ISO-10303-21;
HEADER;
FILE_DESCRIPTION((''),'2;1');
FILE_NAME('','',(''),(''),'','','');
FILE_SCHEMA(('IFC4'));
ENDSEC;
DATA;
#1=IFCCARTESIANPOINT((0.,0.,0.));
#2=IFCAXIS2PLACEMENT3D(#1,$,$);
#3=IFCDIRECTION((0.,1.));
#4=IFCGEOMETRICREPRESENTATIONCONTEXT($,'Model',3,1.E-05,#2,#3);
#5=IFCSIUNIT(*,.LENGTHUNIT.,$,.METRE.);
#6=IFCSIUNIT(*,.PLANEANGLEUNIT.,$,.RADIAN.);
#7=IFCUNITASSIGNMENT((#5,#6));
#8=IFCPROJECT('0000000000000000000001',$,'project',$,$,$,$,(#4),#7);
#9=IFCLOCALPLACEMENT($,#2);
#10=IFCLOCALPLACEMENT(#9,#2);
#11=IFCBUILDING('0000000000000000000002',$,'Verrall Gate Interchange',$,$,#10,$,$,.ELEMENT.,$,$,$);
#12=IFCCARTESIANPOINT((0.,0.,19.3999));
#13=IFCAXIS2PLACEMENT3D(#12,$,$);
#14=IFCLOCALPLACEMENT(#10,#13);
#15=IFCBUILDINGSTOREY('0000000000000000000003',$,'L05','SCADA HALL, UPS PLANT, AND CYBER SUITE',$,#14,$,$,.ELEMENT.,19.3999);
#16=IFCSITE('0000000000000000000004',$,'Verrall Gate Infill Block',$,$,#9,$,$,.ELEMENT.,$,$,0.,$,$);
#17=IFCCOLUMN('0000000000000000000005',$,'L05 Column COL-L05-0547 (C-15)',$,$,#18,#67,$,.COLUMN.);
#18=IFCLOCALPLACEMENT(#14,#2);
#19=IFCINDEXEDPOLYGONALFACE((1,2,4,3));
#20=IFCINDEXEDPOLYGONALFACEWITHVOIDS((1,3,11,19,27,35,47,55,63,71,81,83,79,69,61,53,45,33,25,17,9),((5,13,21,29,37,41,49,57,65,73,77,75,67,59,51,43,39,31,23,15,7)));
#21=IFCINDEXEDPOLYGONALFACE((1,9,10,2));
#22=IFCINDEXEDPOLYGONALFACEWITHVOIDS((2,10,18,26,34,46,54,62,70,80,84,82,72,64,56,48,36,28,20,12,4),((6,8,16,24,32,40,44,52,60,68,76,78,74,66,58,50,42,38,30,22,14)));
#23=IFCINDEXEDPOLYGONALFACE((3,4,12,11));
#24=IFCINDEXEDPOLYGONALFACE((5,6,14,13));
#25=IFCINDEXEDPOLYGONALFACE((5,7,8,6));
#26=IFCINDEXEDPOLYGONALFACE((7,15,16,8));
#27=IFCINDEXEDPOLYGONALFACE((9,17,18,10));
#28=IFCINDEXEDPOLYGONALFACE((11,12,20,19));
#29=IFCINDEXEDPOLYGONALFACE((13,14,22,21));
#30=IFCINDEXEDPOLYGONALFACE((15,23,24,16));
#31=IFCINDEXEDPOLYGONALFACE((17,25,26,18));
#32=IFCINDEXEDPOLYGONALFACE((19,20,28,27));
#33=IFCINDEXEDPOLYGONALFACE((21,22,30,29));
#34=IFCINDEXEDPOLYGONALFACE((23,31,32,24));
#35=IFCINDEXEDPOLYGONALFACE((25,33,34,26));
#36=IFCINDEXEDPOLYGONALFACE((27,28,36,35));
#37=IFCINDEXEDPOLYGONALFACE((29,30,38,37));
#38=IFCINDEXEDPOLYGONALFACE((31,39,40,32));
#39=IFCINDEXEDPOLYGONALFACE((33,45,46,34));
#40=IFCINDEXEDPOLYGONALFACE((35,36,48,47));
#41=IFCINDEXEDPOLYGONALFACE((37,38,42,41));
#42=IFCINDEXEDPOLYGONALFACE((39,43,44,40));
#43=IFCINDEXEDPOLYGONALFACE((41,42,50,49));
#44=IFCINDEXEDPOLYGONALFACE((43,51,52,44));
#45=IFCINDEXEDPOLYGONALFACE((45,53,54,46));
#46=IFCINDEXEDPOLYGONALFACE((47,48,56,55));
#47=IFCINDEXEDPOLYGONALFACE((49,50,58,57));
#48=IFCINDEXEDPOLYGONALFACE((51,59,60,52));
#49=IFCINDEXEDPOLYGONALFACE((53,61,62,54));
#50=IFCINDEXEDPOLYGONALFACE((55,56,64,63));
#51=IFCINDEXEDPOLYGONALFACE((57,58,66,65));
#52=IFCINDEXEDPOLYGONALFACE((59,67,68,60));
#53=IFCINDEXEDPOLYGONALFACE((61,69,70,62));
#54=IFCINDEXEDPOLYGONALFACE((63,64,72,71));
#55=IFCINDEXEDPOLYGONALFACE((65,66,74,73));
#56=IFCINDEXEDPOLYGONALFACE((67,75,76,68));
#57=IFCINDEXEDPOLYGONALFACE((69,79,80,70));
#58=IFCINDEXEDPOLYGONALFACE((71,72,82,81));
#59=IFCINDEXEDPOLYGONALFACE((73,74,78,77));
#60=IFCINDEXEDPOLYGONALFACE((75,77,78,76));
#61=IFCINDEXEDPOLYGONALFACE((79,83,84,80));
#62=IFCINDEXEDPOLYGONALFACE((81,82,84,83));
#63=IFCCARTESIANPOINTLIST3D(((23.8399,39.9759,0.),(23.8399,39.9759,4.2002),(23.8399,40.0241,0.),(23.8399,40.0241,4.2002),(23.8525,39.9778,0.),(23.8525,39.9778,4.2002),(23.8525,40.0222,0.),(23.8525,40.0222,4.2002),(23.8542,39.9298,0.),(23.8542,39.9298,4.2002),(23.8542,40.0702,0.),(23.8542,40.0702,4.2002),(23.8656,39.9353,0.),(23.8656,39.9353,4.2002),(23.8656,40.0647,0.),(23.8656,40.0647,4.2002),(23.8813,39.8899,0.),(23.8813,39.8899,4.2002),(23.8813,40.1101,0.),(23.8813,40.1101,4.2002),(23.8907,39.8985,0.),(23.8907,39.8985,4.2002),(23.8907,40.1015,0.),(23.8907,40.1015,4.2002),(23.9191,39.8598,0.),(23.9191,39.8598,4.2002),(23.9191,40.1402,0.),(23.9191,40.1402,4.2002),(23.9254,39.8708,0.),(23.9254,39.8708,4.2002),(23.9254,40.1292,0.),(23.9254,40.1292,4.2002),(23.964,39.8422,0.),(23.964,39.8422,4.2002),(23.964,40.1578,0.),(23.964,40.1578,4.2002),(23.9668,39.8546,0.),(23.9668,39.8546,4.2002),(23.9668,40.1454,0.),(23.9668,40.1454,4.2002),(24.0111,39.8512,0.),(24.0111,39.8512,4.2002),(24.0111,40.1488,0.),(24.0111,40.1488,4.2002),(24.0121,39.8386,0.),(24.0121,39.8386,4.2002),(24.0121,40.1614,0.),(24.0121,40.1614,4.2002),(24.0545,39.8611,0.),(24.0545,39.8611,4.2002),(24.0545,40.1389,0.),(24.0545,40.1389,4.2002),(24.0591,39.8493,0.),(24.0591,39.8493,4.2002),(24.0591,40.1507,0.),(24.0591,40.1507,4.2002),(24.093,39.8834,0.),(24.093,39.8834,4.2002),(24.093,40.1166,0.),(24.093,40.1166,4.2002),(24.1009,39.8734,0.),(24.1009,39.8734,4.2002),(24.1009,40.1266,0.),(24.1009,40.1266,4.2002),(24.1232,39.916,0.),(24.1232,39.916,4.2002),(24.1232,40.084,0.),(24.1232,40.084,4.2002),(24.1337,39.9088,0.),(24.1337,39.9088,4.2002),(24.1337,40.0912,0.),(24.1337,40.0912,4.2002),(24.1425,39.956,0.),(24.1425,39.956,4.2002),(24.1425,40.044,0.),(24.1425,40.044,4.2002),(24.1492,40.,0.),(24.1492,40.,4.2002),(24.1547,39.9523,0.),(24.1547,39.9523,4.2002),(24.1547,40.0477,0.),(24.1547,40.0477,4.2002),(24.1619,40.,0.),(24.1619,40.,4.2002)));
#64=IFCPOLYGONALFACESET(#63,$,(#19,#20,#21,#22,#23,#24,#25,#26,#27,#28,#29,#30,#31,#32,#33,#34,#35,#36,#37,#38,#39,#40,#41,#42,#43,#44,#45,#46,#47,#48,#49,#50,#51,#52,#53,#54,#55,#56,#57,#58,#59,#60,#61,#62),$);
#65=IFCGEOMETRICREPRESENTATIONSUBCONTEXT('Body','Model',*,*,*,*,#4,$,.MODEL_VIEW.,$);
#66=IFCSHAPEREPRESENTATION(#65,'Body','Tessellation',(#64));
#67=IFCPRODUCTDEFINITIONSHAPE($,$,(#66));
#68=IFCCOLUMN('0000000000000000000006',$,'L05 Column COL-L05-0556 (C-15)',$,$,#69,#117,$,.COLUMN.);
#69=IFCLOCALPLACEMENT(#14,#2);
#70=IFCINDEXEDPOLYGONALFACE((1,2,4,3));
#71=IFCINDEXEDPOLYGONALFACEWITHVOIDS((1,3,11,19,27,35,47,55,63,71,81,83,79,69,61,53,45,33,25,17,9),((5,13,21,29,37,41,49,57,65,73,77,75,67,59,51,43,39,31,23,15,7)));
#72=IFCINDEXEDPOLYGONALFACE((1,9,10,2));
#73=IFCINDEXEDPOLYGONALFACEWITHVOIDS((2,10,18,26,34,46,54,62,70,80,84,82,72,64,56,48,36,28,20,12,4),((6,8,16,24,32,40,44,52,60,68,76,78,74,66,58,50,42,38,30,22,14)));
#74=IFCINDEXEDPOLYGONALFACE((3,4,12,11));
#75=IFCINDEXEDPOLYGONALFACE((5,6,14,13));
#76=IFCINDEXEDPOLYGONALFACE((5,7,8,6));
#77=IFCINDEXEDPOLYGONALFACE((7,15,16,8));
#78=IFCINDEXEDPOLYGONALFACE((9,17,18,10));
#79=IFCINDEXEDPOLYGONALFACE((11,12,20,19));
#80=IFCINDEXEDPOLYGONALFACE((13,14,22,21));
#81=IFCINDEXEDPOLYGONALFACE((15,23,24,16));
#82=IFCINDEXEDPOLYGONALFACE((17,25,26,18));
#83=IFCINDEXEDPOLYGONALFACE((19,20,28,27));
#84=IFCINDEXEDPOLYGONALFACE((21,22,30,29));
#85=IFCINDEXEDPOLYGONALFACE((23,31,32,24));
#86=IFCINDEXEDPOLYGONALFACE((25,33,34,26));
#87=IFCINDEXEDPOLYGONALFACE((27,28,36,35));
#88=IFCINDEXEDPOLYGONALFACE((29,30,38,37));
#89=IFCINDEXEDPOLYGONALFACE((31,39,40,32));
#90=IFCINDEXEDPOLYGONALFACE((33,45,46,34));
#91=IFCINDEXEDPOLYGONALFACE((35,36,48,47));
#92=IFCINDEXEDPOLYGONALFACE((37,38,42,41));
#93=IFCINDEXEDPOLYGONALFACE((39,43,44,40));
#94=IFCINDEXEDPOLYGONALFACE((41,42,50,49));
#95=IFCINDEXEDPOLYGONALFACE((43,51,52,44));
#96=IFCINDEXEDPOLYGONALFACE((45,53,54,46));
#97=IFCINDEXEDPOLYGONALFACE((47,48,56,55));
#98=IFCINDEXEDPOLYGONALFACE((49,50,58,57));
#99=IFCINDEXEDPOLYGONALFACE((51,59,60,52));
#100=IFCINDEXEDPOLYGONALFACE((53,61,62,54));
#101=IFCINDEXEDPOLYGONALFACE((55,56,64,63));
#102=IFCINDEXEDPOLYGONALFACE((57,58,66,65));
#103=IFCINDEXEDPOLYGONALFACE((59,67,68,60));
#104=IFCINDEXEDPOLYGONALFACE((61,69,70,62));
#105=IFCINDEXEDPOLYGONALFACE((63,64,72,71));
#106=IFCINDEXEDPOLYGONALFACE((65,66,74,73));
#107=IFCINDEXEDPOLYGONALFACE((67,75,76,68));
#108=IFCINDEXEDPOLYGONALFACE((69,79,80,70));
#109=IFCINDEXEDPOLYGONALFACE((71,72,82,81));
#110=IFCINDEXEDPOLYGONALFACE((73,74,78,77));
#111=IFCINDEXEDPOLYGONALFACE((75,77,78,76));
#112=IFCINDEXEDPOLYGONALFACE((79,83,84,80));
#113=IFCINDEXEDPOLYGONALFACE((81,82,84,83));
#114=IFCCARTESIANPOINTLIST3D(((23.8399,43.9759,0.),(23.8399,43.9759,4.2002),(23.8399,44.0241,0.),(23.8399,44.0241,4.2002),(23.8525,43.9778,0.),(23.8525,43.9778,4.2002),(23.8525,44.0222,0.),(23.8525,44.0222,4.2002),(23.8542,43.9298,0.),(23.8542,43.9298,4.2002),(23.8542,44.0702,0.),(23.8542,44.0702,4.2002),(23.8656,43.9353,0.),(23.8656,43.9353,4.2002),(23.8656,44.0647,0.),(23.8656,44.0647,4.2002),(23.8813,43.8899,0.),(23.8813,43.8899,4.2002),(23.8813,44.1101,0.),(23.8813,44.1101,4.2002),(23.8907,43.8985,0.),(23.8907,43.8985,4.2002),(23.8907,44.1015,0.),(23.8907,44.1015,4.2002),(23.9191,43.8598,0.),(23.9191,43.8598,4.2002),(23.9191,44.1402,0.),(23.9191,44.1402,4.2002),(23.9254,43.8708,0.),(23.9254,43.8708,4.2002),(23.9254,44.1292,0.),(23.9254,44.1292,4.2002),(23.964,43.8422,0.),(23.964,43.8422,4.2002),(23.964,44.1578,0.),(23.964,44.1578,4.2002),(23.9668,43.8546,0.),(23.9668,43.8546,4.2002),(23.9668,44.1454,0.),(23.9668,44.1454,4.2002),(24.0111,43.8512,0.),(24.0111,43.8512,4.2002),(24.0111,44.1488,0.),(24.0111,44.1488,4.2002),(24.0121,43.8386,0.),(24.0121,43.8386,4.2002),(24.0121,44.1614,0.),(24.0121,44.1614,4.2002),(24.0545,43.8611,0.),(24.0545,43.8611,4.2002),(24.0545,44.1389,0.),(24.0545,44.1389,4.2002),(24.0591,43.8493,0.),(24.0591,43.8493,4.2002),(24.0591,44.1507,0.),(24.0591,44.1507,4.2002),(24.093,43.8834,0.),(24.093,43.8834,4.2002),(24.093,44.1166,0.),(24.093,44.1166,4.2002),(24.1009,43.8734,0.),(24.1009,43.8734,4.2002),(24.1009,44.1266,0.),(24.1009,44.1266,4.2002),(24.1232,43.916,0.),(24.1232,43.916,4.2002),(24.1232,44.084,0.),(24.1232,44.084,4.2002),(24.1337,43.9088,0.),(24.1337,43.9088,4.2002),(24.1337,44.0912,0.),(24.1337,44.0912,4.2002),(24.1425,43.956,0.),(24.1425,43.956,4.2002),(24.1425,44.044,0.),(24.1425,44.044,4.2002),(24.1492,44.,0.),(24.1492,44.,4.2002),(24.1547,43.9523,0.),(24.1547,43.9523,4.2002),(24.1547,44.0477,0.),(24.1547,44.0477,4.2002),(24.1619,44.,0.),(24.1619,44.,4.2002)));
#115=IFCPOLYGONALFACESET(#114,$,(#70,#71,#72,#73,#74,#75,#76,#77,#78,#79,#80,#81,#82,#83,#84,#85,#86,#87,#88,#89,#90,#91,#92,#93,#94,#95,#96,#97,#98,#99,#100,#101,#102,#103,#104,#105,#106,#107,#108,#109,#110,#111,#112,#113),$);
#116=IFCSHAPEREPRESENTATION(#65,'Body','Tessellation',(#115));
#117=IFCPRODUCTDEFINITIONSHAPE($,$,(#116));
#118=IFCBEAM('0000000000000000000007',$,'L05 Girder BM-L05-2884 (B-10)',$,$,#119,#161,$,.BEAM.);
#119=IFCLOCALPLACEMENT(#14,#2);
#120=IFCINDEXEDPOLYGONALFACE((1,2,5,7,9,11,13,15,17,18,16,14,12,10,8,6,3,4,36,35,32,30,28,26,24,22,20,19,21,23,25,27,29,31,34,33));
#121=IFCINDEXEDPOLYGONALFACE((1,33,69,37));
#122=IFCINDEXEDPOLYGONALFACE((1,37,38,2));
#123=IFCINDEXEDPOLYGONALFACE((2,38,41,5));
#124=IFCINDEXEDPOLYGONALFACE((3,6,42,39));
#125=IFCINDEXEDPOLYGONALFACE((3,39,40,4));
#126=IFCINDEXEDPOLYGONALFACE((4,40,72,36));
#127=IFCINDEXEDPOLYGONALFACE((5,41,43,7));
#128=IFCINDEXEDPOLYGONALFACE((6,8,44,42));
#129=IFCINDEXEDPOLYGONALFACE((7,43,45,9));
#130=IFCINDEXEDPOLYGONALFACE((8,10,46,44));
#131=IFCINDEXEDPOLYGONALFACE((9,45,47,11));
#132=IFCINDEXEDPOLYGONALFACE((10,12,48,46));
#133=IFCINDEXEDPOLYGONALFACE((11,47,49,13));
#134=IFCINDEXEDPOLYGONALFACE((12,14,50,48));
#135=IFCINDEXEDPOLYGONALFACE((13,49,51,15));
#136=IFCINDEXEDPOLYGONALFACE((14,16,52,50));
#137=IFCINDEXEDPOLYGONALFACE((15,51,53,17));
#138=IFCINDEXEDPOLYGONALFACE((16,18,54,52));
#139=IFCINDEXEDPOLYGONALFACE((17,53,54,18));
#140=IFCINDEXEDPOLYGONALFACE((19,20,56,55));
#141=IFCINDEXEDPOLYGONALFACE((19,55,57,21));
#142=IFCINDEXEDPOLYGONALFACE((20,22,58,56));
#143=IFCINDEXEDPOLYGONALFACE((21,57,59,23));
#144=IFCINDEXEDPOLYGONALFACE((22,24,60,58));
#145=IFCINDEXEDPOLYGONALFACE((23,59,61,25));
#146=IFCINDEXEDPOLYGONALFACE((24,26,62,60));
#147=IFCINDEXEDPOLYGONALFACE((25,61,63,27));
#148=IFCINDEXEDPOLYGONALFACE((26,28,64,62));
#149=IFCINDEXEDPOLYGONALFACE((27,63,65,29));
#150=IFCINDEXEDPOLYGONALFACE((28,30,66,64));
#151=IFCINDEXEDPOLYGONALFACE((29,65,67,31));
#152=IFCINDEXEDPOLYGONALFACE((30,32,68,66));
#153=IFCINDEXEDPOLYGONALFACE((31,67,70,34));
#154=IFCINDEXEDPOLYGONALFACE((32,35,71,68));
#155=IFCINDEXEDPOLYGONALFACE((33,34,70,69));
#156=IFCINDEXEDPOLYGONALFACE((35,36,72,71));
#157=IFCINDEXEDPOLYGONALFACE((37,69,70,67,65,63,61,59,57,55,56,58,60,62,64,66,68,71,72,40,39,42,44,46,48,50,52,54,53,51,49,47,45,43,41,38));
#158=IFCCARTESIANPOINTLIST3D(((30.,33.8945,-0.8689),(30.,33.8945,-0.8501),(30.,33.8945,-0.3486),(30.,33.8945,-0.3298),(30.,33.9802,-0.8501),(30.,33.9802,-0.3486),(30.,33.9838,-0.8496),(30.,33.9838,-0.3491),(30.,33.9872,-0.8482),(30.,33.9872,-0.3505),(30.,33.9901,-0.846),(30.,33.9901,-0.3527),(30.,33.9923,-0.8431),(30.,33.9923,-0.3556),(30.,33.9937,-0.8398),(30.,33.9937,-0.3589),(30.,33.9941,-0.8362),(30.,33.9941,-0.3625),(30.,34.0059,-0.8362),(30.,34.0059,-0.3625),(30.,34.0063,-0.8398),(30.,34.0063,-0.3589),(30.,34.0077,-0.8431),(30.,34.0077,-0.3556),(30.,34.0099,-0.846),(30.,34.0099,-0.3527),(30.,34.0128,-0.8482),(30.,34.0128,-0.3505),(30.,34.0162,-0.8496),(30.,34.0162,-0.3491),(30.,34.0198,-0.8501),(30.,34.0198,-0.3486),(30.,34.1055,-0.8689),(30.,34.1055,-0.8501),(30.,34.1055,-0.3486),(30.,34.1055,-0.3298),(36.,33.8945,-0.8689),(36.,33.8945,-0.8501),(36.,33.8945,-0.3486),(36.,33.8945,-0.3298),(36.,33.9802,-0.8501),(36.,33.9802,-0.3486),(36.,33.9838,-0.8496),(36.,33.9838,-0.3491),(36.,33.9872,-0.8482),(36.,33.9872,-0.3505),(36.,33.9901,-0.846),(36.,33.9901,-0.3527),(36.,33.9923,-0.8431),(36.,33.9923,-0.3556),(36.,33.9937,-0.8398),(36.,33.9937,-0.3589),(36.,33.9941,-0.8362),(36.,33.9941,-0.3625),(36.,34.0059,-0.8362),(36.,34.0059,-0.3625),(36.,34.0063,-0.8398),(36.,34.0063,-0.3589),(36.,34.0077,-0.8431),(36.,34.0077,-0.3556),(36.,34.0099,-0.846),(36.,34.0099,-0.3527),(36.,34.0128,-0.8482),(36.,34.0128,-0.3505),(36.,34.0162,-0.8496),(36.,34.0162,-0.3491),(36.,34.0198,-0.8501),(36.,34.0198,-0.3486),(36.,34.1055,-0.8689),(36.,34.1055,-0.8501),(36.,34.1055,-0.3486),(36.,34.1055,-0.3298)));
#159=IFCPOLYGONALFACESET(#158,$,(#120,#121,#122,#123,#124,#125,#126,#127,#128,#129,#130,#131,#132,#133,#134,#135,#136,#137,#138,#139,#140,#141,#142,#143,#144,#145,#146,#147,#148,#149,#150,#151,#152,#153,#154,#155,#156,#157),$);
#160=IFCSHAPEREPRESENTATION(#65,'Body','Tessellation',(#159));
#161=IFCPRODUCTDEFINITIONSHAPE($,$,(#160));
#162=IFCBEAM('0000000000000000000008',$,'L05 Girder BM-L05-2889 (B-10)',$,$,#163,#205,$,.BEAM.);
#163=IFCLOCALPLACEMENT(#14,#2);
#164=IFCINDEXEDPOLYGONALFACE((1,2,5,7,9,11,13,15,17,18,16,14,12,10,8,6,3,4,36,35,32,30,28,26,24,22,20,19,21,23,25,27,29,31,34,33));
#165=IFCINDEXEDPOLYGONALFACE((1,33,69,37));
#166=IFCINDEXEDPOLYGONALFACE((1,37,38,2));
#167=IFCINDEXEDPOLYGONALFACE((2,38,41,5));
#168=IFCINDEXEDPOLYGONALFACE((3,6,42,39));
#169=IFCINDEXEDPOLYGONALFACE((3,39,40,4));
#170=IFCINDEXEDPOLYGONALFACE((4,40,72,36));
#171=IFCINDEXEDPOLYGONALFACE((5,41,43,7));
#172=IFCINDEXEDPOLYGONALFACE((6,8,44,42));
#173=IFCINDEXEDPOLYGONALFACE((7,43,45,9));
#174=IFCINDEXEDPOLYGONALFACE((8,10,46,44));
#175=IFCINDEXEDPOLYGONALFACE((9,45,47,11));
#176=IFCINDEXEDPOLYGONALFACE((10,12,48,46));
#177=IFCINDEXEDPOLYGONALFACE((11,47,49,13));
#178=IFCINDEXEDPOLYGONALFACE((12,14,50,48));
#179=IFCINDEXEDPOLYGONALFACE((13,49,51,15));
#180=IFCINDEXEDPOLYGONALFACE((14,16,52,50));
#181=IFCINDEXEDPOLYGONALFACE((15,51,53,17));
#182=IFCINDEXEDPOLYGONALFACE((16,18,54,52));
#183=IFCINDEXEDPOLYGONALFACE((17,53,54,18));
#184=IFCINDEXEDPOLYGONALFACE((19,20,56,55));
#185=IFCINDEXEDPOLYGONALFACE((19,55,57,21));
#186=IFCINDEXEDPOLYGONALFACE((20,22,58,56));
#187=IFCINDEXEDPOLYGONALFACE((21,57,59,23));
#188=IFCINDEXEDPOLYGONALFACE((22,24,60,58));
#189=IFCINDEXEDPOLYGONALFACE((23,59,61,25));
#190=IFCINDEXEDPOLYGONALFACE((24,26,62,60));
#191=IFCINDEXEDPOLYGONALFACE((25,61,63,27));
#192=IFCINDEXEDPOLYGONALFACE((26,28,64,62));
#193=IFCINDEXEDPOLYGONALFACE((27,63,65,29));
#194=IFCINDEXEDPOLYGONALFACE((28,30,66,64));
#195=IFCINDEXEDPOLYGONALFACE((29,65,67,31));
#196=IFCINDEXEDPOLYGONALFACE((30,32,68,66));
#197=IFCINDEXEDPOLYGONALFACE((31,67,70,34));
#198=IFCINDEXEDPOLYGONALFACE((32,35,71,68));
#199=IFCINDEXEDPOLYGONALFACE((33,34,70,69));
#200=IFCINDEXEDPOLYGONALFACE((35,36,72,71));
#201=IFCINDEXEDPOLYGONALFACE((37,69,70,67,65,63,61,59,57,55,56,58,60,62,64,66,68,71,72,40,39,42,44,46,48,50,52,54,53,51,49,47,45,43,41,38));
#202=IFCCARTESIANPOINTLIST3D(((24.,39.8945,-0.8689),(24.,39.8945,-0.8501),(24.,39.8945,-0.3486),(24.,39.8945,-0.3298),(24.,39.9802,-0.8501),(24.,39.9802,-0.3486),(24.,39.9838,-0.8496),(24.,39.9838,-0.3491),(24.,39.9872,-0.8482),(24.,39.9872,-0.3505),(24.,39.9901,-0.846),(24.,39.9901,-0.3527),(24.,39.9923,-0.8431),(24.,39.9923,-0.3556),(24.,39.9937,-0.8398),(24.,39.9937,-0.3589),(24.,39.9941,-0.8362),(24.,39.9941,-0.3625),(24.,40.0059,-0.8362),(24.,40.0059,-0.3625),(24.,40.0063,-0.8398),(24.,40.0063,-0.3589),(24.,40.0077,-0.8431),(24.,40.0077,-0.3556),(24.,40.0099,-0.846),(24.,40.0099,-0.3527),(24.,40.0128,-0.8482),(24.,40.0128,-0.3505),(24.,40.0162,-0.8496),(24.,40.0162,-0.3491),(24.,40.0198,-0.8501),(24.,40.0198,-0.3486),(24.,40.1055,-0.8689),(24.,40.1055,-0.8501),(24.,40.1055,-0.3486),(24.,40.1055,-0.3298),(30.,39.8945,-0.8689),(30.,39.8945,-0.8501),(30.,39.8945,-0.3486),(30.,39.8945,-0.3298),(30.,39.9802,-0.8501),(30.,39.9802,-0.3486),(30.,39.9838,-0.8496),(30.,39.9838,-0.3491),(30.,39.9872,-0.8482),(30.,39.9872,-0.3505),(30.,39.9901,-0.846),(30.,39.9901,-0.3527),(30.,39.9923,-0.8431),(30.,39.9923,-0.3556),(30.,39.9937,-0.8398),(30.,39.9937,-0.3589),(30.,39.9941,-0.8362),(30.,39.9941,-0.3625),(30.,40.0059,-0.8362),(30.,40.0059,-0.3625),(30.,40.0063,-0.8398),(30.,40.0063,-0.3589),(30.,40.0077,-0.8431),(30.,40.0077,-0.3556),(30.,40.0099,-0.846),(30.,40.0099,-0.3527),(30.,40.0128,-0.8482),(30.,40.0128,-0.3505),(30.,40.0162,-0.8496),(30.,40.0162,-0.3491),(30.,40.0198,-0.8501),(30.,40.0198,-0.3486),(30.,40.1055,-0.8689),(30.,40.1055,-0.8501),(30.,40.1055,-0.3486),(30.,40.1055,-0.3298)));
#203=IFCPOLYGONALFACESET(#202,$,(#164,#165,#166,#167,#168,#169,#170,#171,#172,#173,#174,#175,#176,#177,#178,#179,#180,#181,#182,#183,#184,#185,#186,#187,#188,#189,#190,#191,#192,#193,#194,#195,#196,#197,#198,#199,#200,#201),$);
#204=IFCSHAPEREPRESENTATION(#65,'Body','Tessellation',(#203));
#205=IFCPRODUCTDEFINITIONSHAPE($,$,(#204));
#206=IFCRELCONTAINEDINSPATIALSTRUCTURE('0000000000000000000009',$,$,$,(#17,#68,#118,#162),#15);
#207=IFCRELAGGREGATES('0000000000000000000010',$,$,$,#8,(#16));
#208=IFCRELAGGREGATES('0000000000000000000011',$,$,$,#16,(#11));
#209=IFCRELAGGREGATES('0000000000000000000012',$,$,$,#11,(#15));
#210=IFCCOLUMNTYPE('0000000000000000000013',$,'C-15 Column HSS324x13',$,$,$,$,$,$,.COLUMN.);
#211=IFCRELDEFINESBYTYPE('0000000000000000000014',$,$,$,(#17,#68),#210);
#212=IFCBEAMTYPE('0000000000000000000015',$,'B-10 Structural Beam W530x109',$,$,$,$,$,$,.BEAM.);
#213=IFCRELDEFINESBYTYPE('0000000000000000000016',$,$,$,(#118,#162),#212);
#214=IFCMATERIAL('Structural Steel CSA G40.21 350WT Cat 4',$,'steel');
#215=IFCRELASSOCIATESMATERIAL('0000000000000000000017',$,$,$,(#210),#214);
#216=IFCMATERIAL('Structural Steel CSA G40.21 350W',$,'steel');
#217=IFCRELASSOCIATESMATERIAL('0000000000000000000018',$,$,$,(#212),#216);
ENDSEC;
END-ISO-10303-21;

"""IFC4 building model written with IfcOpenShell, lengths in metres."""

from ifc_helpers import new_model, si_unit, direction, frame, origin, origin_2d, place, context, subcontext, project, spatial, hollow_circle, i_section, extrude, material, material_profile, profile_set, type_object, element, save


model = new_model("IFC4")

# Units and contexts
model_context = context("Model", 3, precision=1e-05, world=origin(), true_north=direction((0.0, 1.0)))
body_context = subcontext(model_context, "Body", "Model", "MODEL_VIEW")
ifc_project = project(units=[si_unit("LENGTHUNIT", "METRE"), si_unit("PLANEANGLEUNIT", "RADIAN")], contexts=[model_context])

# Site, building, storey
site_placement = place(None, origin())
site = spatial("IfcSite", under=ifc_project, at=site_placement, Name="Verrall Gate Infill Block", CompositionType="ELEMENT", RefElevation=0.0)
building_placement = place(site_placement, origin())
building = spatial("IfcBuilding", under=site, at=building_placement, Name="Verrall Gate Interchange", CompositionType="ELEMENT")
storey_placement = place(building_placement, frame((0.0, 0.0, 19.3999)))
storey = spatial("IfcBuildingStorey", under=building, at=storey_placement, Name="L05", Description="SCADA HALL, UPS PLANT, AND CYBER SUITE", CompositionType="ELEMENT", Elevation=19.3999)

# Columns
ifc_material_1 = material(Name="Structural Steel CSA G40.21 350WT Cat 4", Category="steel")
ifc_material_profile_1 = material_profile(ifc_material_1, hollow_circle(Radius=0.1619, WallThickness=0.0127, at=origin_2d()), Name="HSS324x13")
ifc_profile_set_1 = profile_set([ifc_material_profile_1], Name="Structural Steel CSA G40.21 350WT Cat 4")
column_type_1 = type_object("IfcColumnType", Name="C-15 Column HSS324x13", PredefinedType="COLUMN", material=ifc_profile_set_1)
for number, where, z_axis, x_axis, name in (
    (1, (24.0, 40.0, 0.0), (0.0, 0.0, 1.0), (1.0, 0.0, 0.0), "L05 Column COL-L05-0547 (C-15)"),
    (2, (24.0, 44.0, 0.0), (0.0, 0.0, 1.0), (1.0, 0.0, 0.0), "L05 Column COL-L05-0556 (C-15)"),
):
    element("IfcColumn", number, at=place(storey_placement, frame(where, z_axis=z_axis, x_axis=x_axis)), inside=storey, type_object=column_type_1, Name=name, PredefinedType="COLUMN", context=body_context, shape_type="SweptSolid", body=[
        extrude(hollow_circle(Radius=0.1619, WallThickness=0.0127, at=origin_2d()), origin(), (0.0, 0.0, 1.0), 4.2002),
    ])

# Beams
ifc_material_2 = material(Name="Structural Steel CSA G40.21 350W", Category="steel")
ifc_material_profile_2 = material_profile(ifc_material_2, i_section(OverallWidth=0.2109, OverallDepth=0.5391, WebThickness=0.0117, FlangeThickness=0.0188, FilletRadius=0.0139, at=origin_2d()), Name="W530x109")
ifc_profile_set_2 = profile_set([ifc_material_profile_2], Name="Structural Steel CSA G40.21 350W")
beam_type_1 = type_object("IfcBeamType", Name="B-10 Structural Beam W530x109", PredefinedType="BEAM", material=ifc_profile_set_2)
for number, where, z_axis, x_axis, name in (
    (3, (30.0, 34.0, -0.5994), (1.0, 0.0, 0.0), (0.0, 1.0, 0.0), "L05 Girder BM-L05-2884 (B-10)"),
    (4, (24.0, 40.0, -0.5994), (1.0, 0.0, 0.0), (0.0, 1.0, 0.0), "L05 Girder BM-L05-2889 (B-10)"),
):
    element("IfcBeam", number, at=place(storey_placement, frame(where, z_axis=z_axis, x_axis=x_axis)), inside=storey, type_object=beam_type_1, Name=name, PredefinedType="BEAM", context=body_context, shape_type="SweptSolid", body=[
        extrude(i_section(OverallWidth=0.2109, OverallDepth=0.5391, WebThickness=0.0117, FlangeThickness=0.0188, FilletRadius=0.0139, at=origin_2d()), origin(), (0.0, 0.0, 1.0), 6.0),
    ])

save(model, "model.ifc")
